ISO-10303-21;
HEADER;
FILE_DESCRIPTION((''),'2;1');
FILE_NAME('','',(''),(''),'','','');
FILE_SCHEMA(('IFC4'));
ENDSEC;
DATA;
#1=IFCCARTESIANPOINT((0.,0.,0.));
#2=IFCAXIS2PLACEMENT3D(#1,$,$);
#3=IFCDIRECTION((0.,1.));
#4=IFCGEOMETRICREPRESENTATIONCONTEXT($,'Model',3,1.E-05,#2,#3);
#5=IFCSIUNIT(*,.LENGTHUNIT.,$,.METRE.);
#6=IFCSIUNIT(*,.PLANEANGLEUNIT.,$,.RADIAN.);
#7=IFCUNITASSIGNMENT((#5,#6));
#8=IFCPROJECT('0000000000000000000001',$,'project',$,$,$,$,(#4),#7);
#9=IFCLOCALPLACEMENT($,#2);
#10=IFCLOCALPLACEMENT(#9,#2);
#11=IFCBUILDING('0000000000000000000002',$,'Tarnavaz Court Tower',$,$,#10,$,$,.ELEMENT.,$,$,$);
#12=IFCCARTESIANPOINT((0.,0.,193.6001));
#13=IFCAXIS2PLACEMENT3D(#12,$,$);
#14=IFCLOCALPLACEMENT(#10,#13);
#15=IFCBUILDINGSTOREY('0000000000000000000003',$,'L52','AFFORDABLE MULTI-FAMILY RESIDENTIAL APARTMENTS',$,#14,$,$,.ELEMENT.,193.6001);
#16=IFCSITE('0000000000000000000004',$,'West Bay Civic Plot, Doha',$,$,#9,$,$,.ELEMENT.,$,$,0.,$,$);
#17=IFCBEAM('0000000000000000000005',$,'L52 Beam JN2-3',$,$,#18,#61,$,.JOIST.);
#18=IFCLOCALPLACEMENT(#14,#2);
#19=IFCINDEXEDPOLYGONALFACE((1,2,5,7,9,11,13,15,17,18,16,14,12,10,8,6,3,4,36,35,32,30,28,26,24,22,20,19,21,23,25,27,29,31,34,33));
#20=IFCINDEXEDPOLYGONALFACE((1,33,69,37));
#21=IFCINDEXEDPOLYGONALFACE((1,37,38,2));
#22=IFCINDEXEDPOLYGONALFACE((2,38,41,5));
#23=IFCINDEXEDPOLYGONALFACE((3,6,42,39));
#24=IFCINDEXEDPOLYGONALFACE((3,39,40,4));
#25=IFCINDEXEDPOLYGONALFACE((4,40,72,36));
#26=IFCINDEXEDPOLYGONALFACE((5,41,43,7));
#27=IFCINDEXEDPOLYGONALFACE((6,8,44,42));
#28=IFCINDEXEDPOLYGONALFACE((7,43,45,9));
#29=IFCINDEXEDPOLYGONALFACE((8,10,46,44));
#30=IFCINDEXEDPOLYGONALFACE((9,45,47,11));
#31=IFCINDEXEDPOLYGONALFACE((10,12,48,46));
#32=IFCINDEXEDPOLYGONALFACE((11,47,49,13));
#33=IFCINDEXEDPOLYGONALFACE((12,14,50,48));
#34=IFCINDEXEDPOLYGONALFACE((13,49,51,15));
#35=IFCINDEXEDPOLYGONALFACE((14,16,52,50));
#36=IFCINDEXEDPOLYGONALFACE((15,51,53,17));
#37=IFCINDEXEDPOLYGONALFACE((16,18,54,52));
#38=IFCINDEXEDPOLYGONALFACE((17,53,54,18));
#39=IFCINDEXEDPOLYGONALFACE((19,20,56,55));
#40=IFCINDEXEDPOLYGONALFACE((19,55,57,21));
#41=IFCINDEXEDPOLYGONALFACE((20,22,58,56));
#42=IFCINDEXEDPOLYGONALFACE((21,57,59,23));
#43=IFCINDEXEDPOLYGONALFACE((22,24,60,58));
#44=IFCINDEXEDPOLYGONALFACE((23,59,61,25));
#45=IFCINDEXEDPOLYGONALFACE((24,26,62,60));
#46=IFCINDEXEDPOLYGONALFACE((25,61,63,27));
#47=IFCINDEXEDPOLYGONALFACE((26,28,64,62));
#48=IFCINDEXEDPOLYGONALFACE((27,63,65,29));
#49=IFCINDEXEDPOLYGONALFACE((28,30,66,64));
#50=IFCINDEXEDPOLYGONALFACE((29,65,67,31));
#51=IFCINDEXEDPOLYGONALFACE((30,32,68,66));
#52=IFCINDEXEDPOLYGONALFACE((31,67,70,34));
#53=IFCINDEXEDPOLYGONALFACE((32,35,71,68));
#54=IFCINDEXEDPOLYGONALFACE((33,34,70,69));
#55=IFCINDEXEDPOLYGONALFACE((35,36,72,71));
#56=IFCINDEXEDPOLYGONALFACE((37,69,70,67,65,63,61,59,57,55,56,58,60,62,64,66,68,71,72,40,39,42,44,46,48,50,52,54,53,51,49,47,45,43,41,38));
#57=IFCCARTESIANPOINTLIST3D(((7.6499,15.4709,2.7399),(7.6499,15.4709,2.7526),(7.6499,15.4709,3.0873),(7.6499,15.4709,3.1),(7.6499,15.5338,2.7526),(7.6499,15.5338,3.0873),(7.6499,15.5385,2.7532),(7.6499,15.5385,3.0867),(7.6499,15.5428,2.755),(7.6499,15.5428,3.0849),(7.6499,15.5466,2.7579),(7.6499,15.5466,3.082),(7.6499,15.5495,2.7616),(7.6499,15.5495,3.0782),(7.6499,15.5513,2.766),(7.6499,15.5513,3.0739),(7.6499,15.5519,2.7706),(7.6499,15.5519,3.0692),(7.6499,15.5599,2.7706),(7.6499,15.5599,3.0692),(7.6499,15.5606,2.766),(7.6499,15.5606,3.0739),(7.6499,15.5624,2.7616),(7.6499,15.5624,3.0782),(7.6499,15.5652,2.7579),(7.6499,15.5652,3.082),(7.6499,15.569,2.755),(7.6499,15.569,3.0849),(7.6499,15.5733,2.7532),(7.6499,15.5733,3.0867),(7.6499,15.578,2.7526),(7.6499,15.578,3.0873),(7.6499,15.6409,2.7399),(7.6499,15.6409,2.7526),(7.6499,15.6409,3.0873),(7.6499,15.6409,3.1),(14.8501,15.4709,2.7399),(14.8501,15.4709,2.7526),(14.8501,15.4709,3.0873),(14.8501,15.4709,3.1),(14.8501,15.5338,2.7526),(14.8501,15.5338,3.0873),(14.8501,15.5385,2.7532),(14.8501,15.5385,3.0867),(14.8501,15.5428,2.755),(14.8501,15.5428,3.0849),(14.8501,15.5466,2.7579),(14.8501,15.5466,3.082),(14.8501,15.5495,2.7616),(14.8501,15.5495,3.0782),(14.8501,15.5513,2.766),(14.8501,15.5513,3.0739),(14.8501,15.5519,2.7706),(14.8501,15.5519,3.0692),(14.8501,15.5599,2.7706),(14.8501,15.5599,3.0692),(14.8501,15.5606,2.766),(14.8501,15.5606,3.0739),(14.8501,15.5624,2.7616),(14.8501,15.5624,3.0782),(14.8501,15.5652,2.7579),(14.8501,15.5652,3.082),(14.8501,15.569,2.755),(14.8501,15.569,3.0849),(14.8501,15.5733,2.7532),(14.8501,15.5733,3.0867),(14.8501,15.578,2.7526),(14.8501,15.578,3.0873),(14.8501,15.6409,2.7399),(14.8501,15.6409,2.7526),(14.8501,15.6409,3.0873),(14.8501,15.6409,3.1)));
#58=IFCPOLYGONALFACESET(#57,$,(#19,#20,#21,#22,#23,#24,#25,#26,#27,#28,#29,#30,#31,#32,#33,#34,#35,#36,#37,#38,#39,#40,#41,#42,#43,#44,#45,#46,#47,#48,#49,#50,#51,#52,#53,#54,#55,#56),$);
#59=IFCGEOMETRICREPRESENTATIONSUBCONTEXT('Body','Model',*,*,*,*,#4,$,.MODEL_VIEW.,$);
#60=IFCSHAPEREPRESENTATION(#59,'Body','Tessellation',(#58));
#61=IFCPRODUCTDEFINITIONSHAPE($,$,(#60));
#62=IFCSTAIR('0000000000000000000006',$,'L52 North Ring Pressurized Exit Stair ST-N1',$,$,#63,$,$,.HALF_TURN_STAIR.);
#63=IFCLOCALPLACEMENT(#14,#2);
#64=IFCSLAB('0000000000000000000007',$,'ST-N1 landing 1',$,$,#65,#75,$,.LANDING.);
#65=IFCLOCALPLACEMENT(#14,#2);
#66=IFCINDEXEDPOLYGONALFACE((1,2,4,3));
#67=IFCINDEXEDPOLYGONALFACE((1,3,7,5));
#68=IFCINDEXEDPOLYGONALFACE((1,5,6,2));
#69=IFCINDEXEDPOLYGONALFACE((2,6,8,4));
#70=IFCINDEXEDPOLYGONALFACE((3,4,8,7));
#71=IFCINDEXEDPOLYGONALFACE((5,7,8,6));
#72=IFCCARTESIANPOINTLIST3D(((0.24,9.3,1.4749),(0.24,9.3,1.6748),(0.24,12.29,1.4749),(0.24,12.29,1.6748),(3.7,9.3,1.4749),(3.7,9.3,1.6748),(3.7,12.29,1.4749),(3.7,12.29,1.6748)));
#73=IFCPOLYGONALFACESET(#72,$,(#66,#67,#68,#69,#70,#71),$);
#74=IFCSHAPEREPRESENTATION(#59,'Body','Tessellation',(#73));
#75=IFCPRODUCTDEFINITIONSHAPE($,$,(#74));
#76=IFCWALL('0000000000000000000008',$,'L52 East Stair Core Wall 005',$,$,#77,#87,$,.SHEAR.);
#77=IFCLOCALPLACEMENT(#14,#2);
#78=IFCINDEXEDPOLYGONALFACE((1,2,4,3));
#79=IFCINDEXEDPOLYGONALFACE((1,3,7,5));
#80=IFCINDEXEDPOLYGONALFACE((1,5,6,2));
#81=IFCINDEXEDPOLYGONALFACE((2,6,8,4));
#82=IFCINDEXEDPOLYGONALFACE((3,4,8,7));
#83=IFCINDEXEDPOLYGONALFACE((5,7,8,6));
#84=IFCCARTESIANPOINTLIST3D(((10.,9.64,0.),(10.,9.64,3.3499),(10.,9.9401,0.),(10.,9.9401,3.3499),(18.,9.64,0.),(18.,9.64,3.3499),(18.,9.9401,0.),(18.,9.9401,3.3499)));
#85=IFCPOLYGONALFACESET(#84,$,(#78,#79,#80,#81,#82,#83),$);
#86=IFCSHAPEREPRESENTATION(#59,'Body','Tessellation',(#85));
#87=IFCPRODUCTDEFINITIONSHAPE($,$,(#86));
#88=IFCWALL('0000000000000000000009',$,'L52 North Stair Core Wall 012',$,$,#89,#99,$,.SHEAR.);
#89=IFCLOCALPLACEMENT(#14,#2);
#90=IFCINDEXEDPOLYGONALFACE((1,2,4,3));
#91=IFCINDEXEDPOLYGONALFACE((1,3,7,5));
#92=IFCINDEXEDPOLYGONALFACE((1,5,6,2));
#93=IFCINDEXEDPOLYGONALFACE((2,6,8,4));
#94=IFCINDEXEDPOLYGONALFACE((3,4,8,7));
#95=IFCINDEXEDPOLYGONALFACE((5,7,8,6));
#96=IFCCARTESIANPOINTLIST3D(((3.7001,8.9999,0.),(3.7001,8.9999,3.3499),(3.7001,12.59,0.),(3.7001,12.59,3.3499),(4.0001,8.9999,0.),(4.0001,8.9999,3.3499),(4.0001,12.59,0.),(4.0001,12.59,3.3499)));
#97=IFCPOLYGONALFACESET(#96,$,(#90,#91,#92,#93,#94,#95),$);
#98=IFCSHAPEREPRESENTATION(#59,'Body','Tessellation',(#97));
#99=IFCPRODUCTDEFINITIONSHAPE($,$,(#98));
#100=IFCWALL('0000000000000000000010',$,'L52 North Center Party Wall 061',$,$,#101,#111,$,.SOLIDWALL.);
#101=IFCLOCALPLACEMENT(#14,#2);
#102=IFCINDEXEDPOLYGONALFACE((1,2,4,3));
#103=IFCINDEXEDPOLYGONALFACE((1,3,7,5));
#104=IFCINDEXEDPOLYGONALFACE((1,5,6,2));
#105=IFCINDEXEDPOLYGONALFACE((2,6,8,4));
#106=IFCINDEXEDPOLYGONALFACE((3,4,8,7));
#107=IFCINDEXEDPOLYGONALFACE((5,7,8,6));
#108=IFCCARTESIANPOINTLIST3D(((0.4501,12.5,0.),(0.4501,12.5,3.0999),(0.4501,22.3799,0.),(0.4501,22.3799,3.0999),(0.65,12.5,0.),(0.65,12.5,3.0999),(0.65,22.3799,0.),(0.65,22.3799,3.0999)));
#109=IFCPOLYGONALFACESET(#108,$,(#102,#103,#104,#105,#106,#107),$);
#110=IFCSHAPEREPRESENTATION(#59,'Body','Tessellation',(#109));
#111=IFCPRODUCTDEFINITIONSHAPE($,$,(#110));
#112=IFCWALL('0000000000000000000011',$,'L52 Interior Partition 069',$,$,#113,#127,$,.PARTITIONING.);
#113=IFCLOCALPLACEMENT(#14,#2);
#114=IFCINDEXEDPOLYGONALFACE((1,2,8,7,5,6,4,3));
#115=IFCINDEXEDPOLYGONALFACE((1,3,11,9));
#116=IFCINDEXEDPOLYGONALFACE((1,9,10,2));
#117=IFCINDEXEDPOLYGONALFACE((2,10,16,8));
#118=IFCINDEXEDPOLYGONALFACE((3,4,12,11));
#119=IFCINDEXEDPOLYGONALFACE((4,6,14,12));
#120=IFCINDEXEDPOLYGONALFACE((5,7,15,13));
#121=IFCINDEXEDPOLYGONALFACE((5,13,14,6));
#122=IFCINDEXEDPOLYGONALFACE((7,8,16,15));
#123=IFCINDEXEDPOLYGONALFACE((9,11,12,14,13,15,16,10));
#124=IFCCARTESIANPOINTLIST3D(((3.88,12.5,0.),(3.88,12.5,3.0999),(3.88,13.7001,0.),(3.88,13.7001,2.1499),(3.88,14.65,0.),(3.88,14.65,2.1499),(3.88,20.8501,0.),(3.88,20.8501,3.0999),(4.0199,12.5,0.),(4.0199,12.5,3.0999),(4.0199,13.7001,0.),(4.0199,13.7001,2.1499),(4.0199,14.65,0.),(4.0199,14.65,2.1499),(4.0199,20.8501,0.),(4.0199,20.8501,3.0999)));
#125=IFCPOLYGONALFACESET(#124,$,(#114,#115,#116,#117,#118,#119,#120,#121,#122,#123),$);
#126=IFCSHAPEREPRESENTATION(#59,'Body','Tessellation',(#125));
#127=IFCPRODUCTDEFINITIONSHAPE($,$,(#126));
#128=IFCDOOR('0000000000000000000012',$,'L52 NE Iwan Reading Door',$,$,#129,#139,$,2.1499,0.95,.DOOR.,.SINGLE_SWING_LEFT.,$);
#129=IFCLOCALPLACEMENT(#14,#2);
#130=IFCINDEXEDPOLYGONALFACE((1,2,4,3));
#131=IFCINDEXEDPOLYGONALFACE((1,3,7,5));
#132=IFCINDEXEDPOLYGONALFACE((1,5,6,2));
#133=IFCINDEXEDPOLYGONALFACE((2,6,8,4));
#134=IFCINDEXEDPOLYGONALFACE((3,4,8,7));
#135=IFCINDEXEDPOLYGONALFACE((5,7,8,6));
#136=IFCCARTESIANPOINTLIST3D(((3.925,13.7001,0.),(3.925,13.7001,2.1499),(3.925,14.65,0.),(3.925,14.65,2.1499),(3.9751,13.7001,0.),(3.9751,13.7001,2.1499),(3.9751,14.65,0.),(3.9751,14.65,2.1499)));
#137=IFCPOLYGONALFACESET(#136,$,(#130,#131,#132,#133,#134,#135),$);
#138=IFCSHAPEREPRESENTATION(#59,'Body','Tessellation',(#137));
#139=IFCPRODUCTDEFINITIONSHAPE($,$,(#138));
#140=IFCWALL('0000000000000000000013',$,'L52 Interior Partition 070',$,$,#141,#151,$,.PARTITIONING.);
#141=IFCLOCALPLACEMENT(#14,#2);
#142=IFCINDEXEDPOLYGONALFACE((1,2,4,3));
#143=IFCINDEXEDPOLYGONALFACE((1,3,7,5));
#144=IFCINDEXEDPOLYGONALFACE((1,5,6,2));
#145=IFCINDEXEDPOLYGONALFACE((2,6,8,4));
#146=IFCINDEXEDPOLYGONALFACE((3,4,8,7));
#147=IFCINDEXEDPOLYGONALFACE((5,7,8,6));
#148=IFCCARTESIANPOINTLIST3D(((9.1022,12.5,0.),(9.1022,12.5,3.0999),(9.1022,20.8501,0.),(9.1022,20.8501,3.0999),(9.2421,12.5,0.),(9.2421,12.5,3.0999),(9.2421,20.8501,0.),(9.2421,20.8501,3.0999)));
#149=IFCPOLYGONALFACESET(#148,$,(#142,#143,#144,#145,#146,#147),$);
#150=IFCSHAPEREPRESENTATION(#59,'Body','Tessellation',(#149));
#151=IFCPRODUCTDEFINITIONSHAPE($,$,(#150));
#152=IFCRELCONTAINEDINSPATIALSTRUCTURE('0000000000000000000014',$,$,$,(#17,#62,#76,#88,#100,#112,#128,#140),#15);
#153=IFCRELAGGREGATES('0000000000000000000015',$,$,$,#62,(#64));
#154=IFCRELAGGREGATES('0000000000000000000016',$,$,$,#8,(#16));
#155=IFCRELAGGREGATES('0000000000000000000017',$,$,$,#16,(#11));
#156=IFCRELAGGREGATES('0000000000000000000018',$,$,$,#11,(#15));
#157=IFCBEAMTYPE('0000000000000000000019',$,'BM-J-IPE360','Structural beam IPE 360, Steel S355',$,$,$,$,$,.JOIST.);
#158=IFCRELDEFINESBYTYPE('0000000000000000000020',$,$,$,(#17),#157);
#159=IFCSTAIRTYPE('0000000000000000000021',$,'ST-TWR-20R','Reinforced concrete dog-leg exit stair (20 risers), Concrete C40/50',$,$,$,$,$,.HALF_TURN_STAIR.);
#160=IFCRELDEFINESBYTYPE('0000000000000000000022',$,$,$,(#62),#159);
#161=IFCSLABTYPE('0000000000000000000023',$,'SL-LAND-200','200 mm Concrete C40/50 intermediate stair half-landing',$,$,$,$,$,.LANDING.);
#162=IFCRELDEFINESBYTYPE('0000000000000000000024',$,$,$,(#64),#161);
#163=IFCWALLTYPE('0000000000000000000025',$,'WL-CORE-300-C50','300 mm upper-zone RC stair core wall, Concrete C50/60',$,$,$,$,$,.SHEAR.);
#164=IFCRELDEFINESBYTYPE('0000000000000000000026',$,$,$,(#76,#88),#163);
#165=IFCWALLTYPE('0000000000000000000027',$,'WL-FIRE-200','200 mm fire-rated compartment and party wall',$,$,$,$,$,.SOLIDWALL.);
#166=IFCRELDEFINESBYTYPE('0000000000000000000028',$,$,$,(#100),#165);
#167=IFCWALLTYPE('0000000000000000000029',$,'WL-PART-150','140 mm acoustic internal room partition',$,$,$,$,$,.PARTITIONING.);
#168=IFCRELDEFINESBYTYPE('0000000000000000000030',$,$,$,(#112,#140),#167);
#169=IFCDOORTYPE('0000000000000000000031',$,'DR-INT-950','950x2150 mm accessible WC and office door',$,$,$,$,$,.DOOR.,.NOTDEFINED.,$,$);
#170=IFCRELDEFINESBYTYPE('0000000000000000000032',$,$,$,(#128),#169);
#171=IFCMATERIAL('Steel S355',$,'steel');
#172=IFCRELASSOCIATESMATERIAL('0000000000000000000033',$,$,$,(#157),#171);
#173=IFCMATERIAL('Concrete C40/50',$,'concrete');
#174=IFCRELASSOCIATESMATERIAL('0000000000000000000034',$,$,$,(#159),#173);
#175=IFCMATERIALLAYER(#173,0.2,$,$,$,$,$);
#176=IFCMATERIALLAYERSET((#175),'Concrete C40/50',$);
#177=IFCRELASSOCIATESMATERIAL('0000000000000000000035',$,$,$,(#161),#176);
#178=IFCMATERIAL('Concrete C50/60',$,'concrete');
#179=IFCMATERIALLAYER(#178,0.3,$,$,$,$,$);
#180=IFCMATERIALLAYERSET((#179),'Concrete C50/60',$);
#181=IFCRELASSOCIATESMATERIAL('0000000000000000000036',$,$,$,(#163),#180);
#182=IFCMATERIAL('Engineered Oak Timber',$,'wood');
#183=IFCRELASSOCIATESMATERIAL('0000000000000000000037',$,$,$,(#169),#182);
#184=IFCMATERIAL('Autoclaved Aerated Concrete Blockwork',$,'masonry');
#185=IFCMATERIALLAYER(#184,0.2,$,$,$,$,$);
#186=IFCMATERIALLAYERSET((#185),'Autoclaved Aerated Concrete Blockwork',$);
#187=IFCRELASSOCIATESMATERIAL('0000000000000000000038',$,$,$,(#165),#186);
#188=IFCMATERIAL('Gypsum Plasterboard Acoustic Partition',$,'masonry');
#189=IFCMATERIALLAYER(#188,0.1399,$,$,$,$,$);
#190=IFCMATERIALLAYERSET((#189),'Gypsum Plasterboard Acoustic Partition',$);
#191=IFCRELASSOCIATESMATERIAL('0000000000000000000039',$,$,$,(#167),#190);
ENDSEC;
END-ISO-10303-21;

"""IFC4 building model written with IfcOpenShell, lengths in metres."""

from ifc_helpers import new_model, si_unit, direction, frame, frame_2d, origin, origin_2d, place, context, subcontext, project, spatial, polyline, rectangle, i_section, outline, extrude, material, layer, layer_set, material_profile, profile_set, type_object, element, fill, aggregate, save


model = new_model("IFC4")

# Units and contexts
model_context = context("Model", 3, precision=1e-05, world=origin(), true_north=direction((0.0, 1.0)))
body_context = subcontext(model_context, "Body", "Model", "MODEL_VIEW")
ifc_project = project(units=[si_unit("LENGTHUNIT", "METRE"), si_unit("PLANEANGLEUNIT", "RADIAN")], contexts=[model_context])

# Site, building, storey
site_placement = place(None, origin())
site = spatial("IfcSite", under=ifc_project, at=site_placement, Name="West Bay Civic Plot, Doha", CompositionType="ELEMENT", RefElevation=0.0)
building_placement = place(site_placement, origin())
building = spatial("IfcBuilding", under=site, at=building_placement, Name="Tarnavaz Court Tower", CompositionType="ELEMENT")
storey_placement = place(building_placement, frame((0.0, 0.0, 193.6001)))
storey = spatial("IfcBuildingStorey", under=building, at=storey_placement, Name="L52", Description="AFFORDABLE MULTI-FAMILY RESIDENTIAL APARTMENTS", CompositionType="ELEMENT", Elevation=193.6001)

# Shared definitions
ifc_material_1 = material(Name="Concrete C50/60", Category="concrete")

# Beam
ifc_material_2 = material(Name="Steel S355", Category="steel")
ifc_material_profile_1 = material_profile(ifc_material_2, i_section(OverallWidth=0.1699, OverallDepth=0.3601, WebThickness=0.0081, FlangeThickness=0.0127, FilletRadius=0.0181, at=origin_2d()), Name="IPE 360")
ifc_profile_set_1 = profile_set([ifc_material_profile_1], Name="Steel S355")
beam_type_1 = type_object("IfcBeamType", Name="BM-J-IPE360", Description="Structural beam IPE 360, Steel S355", PredefinedType="JOIST", material=ifc_profile_set_1)
for number, where, z_axis, x_axis, name in (
    (1, (7.6499, 15.5559, 2.9199), (1.0, 0.0, 0.0), (0.0, 1.0, 0.0), "L52 Beam JN2-3"),
):
    element("IfcBeam", number, at=place(storey_placement, frame(where, z_axis=z_axis, x_axis=x_axis)), inside=storey, type_object=beam_type_1, Name=name, PredefinedType="JOIST", context=body_context, shape_type="SweptSolid", body=[
        extrude(i_section(OverallWidth=0.1699, OverallDepth=0.3601, WebThickness=0.0081, FlangeThickness=0.0127, FilletRadius=0.0181, at=origin_2d()), origin(), (0.0, 0.0, 1.0), 7.2002),
    ])

# Stair, slab
ifc_material_3 = material(Name="Concrete C40/50", Category="concrete")
stair_type = type_object("IfcStairType", Name="ST-TWR-20R", Description="Reinforced concrete dog-leg exit stair (20 risers), Concrete C40/50", PredefinedType="HALF_TURN_STAIR", material=ifc_material_3)
stair_placement = place(storey_placement, origin())
stair = element("IfcStair", 2, at=stair_placement, inside=storey, type_object=stair_type, Name="L52 North Ring Pressurized Exit Stair ST-N1", PredefinedType="HALF_TURN_STAIR")
ifc_layer_1 = layer(ifc_material_3, 0.2)
ifc_layer_set_1 = layer_set([ifc_layer_1], Name="Concrete C40/50")
slab_type = type_object("IfcSlabType", Name="SL-LAND-200", Description="200 mm Concrete C40/50 intermediate stair half-landing", PredefinedType="LANDING", material=ifc_layer_set_1)
slab_placement = place(storey_placement, frame((0.0, 0.0, 1.4749)))
slab = element("IfcSlab", 3, at=slab_placement, type_object=slab_type, Name="ST-N1 landing 1", PredefinedType="LANDING", context=body_context, shape_type="SweptSolid", body=[
    extrude(outline(polyline([(0.24, 9.3), (3.7, 9.3), (3.7, 12.29), (0.24, 12.29), (0.24, 9.3)])), origin(), (0.0, 0.0, 1.0), 0.2),
])

# Wall
ifc_layer_2 = layer(ifc_material_1, 0.3)
ifc_layer_set_2 = layer_set([ifc_layer_2], Name="Concrete C50/60")
wall_type_1 = type_object("IfcWallType", Name="WL-CORE-300-C50", Description="300 mm upper-zone RC stair core wall, Concrete C50/60", PredefinedType="SHEAR", material=ifc_layer_set_2)
wall_1_placement = place(storey_placement, frame((10.0, 9.79, 0.0), z_axis=(0.0, 0.0, 1.0), x_axis=(1.0, 0.0, 0.0)))
element("IfcWall", 4, at=wall_1_placement, inside=storey, type_object=wall_type_1, Name="L52 East Stair Core Wall 005", PredefinedType="SHEAR", context=body_context, shape_type="SweptSolid", body=[
    extrude(rectangle(XDim=8.0, YDim=0.3, at=frame_2d((4.0, 0.0))), origin(), (0.0, 0.0, 1.0), 3.3499),
])

# Wall
wall_2_placement = place(storey_placement, frame((3.8501, 9.0, 0.0), z_axis=(0.0, 0.0, 1.0), x_axis=(0.0, 1.0, 0.0)))
element("IfcWall", 5, at=wall_2_placement, inside=storey, type_object=wall_type_1, Name="L52 North Stair Core Wall 012", PredefinedType="SHEAR", context=body_context, shape_type="SweptSolid", body=[
    extrude(rectangle(XDim=3.5901, YDim=0.3, at=frame_2d((1.7949, 0.0))), origin(), (0.0, 0.0, 1.0), 3.3499),
])

# Shared definitions
ifc_material_4 = material(Name="Engineered Oak Timber", Category="wood")
door_type_1 = type_object("IfcDoorType", Name="DR-INT-950", Description="950x2150 mm accessible WC and office door", OperationType="NOTDEFINED", PredefinedType="DOOR", material=ifc_material_4)

# Wall
ifc_material_5 = material(Name="Autoclaved Aerated Concrete Blockwork", Category="masonry")
ifc_layer_3 = layer(ifc_material_5, 0.2)
ifc_layer_set_3 = layer_set([ifc_layer_3], Name="Autoclaved Aerated Concrete Blockwork")
wall_type_2 = type_object("IfcWallType", Name="WL-FIRE-200", Description="200 mm fire-rated compartment and party wall", PredefinedType="SOLIDWALL", material=ifc_layer_set_3)
wall_3_placement = place(storey_placement, frame((0.55, 12.5, 0.0), z_axis=(0.0, 0.0, 1.0), x_axis=(0.0, 1.0, 0.0)))
element("IfcWall", 6, at=wall_3_placement, inside=storey, type_object=wall_type_2, Name="L52 North Center Party Wall 061", PredefinedType="SOLIDWALL", context=body_context, shape_type="SweptSolid", body=[
    extrude(rectangle(XDim=9.8799, YDim=0.2, at=frame_2d((4.9399, 0.0))), origin(), (0.0, 0.0, 1.0), 3.0999),
])

# Wall, opening, door
ifc_material_6 = material(Name="Gypsum Plasterboard Acoustic Partition", Category="masonry")
ifc_layer_4 = layer(ifc_material_6, 0.1399)
ifc_layer_set_4 = layer_set([ifc_layer_4], Name="Gypsum Plasterboard Acoustic Partition")
wall_type_3 = type_object("IfcWallType", Name="WL-PART-150", Description="140 mm acoustic internal room partition", PredefinedType="PARTITIONING", material=ifc_layer_set_4)
wall_4_placement = place(storey_placement, frame((3.95, 12.5, 0.0), z_axis=(0.0, 0.0, 1.0), x_axis=(0.0, 1.0, 0.0)))
wall_4 = element("IfcWall", 7, at=wall_4_placement, inside=storey, type_object=wall_type_3, Name="L52 Interior Partition 069", PredefinedType="PARTITIONING", context=body_context, shape_type="SweptSolid", body=[
    extrude(rectangle(XDim=8.3501, YDim=0.1399, at=frame_2d((4.175, 0.0))), origin(), (0.0, 0.0, 1.0), 3.0999),
])
opening_1_placement = place(wall_4_placement, frame((1.2, 0.0, 0.0)))
opening_1 = element("IfcOpeningElement", 8, at=opening_1_placement, cuts=wall_4, PredefinedType="OPENING", context=body_context, shape_type="SweptSolid", body=[
    extrude(rectangle(XDim=0.95, YDim=2.1499, at=frame_2d((0.4751, 1.075))), frame((0.0, 0.0798, 0.0), z_axis=(0.0, -1.0, 0.0), x_axis=(1.0, 0.0, 0.0)), (0.0, 0.0, 1.0), 0.1599),
])
door_1_placement = place(opening_1_placement, origin())
door_1 = element("IfcDoor", 9, at=door_1_placement, inside=storey, type_object=door_type_1, Name="L52 NE Iwan Reading Door", OperationType="SINGLE_SWING_LEFT", OverallHeight=2.1499, OverallWidth=0.95, PredefinedType="DOOR", context=body_context, shape_type="SweptSolid", body=[
    extrude(rectangle(XDim=0.95, YDim=2.1499, at=frame_2d((0.4751, 1.075))), frame((0.0, 0.0249, 0.0), z_axis=(0.0, -1.0, 0.0), x_axis=(1.0, 0.0, 0.0)), (0.0, 0.0, 1.0), 0.05),
])
fill(opening_1, door_1)

# Wall
wall_5_placement = place(storey_placement, frame((9.1721, 12.5, 0.0), z_axis=(0.0, 0.0, 1.0), x_axis=(0.0, 1.0, 0.0)))
element("IfcWall", 10, at=wall_5_placement, inside=storey, type_object=wall_type_3, Name="L52 Interior Partition 070", PredefinedType="PARTITIONING", context=body_context, shape_type="SweptSolid", body=[
    extrude(rectangle(XDim=8.3501, YDim=0.1399, at=frame_2d((4.175, 0.0))), origin(), (0.0, 0.0, 1.0), 3.0999),
])

aggregate(stair, [slab])

save(model, "model.ifc")
